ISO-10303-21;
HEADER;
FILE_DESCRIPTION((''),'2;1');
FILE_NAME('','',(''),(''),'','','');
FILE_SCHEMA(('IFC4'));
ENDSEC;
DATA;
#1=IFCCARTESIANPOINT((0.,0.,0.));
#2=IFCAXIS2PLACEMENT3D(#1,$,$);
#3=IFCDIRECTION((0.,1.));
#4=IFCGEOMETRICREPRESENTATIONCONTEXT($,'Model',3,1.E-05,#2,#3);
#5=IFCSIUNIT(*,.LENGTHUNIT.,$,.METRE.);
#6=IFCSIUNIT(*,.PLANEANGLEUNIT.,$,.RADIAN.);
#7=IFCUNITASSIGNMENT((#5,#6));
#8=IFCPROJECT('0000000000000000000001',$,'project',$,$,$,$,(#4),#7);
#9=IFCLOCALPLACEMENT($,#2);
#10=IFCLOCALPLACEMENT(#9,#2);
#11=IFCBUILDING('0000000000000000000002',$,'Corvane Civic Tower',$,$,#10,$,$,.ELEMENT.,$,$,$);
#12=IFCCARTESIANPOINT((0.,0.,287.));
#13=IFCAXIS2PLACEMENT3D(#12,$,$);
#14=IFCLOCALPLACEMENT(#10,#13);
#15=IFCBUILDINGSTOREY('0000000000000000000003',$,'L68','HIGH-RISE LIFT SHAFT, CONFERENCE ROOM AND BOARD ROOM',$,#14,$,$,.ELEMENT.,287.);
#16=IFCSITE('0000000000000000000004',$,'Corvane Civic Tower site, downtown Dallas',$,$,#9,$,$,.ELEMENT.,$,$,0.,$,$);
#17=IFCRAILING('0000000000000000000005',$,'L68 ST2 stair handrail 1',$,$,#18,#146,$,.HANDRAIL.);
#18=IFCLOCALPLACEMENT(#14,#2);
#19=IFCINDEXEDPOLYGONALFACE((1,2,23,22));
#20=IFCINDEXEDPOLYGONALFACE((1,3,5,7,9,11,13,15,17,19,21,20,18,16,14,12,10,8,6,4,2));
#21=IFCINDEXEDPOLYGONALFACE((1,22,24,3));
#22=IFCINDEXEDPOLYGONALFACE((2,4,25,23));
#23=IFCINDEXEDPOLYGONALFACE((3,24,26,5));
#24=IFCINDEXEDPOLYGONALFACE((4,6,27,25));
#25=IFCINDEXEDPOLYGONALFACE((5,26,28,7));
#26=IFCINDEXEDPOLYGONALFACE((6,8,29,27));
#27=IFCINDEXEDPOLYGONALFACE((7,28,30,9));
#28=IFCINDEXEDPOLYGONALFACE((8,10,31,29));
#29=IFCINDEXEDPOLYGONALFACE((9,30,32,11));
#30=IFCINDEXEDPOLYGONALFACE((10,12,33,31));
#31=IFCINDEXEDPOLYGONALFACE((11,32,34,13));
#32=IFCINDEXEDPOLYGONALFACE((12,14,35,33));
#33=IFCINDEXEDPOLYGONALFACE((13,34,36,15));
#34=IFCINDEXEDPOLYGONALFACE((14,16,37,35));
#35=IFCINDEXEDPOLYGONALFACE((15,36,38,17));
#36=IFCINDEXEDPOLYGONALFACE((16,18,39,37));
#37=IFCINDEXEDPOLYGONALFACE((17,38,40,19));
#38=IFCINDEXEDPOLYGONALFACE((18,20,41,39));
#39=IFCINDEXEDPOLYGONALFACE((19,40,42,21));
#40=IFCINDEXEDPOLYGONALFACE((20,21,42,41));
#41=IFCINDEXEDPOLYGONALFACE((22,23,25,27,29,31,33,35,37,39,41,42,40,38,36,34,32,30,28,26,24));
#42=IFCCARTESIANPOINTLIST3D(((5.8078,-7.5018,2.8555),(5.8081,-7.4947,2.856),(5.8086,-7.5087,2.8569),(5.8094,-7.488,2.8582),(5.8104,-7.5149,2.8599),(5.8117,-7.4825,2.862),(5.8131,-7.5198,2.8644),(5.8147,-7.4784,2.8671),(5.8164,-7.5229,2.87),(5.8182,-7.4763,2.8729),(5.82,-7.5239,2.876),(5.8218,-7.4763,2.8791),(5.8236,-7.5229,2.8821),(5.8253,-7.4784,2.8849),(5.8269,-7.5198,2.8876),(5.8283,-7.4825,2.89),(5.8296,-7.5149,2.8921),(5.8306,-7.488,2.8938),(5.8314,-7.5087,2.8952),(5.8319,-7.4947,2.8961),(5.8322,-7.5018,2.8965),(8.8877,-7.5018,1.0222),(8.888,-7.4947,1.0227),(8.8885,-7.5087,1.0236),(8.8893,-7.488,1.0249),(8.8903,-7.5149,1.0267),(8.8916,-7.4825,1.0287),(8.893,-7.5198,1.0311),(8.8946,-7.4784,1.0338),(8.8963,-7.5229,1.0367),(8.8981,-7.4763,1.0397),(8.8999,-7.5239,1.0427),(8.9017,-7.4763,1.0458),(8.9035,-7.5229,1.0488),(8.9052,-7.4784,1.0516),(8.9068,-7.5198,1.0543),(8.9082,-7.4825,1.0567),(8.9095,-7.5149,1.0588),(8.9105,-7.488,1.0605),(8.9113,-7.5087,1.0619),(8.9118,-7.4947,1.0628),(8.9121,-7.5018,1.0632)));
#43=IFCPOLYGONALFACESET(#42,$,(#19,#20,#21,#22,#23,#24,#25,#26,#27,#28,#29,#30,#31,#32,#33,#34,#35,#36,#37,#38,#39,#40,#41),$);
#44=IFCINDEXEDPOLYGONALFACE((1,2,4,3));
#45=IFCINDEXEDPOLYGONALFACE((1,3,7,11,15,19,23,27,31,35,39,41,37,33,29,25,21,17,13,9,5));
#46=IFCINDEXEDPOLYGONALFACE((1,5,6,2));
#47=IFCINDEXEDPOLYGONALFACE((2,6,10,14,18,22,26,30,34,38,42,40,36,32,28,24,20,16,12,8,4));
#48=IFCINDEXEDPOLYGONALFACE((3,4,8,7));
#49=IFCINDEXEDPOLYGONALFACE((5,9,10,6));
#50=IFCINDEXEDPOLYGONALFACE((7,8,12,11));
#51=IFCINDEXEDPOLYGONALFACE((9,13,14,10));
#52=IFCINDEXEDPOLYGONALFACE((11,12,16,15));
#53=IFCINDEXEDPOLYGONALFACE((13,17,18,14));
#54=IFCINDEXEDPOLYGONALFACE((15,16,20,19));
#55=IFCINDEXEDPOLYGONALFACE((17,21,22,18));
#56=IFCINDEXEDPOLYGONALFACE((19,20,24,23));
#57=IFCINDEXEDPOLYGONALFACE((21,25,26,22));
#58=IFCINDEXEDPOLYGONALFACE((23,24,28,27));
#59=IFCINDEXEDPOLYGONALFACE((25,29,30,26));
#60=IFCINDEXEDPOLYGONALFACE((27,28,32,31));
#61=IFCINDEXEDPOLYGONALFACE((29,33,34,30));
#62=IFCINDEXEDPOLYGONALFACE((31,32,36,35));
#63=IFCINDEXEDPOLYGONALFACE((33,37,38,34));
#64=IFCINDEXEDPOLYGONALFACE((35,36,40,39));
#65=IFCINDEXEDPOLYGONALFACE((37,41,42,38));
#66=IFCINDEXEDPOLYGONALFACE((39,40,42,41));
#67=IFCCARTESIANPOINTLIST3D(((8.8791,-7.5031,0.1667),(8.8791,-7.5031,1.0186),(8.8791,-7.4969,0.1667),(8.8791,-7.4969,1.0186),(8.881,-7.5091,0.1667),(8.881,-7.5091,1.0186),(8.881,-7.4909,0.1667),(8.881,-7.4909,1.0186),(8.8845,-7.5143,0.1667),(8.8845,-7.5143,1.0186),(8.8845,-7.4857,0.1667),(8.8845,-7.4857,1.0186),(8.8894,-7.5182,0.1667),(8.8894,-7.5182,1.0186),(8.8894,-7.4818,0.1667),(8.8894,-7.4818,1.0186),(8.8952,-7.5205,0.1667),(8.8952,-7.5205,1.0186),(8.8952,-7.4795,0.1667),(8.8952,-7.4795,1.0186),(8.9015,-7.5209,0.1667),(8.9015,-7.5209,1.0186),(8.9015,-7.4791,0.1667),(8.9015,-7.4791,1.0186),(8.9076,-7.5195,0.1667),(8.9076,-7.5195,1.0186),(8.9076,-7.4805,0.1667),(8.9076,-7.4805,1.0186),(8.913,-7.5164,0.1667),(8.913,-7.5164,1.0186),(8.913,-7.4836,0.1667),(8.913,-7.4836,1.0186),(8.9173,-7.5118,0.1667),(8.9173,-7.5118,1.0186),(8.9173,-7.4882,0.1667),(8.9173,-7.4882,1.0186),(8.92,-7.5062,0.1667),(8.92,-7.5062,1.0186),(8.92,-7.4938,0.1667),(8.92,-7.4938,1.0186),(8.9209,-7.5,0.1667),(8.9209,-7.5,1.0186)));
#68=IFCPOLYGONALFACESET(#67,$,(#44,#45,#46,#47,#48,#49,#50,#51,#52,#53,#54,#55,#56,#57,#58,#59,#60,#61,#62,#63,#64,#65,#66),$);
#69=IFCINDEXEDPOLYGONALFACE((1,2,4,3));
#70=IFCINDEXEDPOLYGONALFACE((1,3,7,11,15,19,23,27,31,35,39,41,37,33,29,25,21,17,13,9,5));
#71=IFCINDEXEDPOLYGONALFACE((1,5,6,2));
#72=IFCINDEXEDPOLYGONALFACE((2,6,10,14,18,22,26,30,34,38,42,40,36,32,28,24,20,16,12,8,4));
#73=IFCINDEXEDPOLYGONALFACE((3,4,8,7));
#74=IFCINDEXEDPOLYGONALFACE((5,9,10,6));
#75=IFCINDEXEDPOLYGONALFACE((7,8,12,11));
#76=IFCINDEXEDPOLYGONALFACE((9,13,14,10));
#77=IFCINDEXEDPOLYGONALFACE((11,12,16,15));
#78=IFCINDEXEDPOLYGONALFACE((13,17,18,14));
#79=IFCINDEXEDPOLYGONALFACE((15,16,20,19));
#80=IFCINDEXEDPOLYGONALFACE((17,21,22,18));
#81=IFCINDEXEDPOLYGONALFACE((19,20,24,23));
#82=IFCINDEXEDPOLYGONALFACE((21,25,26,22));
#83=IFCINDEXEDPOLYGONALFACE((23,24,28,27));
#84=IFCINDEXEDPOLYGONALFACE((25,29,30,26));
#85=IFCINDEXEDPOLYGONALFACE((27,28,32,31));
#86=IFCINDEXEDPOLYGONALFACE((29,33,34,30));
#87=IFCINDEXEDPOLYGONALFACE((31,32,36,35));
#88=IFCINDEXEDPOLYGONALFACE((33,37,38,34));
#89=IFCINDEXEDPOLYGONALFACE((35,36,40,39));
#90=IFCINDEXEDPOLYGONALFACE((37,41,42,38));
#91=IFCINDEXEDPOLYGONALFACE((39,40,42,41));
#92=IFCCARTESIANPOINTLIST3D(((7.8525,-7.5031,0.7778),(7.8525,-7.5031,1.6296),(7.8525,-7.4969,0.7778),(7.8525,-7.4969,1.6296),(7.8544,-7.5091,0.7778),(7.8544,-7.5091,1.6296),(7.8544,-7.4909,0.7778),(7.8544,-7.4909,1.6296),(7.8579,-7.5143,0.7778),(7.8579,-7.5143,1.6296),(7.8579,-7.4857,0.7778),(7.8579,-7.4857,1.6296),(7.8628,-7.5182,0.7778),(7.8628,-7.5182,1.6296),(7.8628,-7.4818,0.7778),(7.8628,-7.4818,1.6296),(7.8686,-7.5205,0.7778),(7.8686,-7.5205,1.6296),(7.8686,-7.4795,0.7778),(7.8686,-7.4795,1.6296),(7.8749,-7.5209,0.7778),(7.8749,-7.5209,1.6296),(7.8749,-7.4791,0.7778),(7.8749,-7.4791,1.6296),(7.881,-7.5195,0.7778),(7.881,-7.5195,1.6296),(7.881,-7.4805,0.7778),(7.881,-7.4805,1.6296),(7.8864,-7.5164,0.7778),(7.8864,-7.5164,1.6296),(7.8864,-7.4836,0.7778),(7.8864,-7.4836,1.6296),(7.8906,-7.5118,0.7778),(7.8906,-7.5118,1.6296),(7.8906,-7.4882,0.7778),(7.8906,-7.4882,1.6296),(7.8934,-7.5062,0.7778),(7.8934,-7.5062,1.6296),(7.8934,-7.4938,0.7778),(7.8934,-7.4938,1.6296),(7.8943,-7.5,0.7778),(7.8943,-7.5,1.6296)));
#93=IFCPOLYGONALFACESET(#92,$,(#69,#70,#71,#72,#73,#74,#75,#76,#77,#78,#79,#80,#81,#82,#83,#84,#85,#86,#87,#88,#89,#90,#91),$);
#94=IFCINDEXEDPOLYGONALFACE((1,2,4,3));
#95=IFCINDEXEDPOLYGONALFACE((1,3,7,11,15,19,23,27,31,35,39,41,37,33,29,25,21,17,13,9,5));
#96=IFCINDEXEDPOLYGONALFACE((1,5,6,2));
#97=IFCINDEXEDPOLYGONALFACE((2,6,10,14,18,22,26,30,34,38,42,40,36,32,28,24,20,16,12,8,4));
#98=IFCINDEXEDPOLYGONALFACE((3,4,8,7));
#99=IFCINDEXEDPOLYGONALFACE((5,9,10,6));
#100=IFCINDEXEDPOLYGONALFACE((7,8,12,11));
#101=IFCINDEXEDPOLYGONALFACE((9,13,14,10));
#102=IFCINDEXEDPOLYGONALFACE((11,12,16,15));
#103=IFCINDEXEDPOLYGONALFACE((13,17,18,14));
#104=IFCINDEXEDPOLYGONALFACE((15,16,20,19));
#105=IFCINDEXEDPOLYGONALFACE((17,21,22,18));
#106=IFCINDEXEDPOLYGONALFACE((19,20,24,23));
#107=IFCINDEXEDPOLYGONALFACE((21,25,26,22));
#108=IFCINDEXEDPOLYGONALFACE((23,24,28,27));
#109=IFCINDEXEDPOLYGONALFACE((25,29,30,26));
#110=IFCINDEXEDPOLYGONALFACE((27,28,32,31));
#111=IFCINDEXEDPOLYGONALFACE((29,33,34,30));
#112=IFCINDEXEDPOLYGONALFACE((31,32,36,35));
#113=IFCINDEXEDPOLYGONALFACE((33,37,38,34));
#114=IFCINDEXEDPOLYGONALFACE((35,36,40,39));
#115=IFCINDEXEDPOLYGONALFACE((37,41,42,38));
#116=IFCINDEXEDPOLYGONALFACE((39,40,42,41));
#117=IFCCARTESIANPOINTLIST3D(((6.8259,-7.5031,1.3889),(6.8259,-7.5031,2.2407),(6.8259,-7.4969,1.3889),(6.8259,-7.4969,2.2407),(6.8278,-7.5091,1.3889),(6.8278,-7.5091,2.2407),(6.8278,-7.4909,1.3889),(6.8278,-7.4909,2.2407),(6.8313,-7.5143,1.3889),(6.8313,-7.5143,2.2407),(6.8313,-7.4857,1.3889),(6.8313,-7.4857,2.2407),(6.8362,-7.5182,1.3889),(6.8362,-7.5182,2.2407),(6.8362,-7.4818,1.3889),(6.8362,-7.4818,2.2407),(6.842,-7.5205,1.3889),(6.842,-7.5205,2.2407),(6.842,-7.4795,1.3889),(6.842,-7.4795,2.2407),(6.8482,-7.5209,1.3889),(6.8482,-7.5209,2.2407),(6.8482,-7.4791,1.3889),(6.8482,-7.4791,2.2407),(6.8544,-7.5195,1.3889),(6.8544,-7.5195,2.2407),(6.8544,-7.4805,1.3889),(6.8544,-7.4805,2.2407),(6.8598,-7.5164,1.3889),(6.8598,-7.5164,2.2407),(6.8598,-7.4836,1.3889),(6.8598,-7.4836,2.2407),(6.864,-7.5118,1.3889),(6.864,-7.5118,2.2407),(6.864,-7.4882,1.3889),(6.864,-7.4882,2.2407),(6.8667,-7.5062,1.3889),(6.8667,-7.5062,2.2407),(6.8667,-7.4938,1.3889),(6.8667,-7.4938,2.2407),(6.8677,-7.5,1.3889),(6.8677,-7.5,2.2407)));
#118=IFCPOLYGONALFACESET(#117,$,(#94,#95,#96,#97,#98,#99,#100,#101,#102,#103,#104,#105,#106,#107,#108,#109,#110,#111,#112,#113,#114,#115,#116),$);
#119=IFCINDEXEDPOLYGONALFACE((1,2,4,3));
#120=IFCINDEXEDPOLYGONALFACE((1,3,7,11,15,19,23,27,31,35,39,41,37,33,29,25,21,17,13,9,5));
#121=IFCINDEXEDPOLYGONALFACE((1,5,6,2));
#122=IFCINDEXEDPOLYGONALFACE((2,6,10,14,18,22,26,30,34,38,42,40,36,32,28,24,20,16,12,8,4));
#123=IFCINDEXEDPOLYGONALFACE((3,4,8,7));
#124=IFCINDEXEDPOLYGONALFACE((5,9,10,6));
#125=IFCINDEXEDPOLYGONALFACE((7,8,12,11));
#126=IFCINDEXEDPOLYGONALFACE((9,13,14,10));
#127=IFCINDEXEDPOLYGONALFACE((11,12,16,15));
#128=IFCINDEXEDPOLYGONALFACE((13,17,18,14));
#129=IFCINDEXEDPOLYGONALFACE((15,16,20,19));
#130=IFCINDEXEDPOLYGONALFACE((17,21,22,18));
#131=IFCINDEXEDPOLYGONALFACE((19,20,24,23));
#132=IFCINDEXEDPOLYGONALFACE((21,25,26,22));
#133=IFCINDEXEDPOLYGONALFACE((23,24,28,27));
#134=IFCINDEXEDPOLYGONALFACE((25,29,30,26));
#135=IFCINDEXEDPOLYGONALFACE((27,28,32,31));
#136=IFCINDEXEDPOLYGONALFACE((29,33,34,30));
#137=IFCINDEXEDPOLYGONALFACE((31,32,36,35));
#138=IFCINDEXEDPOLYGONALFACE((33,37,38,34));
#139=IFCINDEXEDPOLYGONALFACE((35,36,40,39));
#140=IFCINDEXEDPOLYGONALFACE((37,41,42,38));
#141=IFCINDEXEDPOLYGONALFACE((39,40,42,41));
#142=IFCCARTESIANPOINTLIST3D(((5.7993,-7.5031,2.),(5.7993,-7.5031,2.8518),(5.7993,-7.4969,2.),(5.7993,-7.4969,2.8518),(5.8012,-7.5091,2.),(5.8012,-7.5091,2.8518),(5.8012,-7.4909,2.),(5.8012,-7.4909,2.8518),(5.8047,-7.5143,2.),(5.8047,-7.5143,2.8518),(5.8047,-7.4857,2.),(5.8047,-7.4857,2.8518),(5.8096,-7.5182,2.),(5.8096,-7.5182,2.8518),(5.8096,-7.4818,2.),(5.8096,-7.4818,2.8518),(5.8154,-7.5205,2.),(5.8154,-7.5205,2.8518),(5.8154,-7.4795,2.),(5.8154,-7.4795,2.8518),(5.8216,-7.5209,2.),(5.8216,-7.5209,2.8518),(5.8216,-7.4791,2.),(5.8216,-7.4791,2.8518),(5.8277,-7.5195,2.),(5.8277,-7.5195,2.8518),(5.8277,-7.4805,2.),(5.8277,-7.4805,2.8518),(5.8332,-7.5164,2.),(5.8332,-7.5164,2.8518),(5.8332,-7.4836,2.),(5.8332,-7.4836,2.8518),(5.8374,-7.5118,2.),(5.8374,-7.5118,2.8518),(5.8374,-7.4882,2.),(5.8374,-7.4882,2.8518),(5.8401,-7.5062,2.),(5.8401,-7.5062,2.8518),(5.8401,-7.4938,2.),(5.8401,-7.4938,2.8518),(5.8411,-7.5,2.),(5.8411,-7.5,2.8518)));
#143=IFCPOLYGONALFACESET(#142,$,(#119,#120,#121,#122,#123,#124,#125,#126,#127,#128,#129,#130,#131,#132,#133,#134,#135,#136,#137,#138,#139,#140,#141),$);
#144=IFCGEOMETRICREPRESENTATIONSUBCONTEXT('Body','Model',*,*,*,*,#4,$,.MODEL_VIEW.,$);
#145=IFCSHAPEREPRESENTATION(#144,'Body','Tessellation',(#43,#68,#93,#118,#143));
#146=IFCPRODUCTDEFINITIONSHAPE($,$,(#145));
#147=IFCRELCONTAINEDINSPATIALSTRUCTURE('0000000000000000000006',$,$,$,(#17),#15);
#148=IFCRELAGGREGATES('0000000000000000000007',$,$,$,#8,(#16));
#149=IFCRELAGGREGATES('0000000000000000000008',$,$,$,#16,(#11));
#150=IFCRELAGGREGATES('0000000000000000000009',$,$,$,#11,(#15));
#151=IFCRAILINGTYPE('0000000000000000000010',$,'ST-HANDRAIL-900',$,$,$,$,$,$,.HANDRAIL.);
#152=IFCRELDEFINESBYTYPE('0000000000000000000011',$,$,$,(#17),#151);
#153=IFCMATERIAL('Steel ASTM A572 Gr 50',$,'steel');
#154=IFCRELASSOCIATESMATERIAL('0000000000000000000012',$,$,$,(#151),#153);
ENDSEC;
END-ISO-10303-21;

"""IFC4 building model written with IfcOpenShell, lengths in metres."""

from ifc_helpers import new_model, si_unit, direction, frame, origin, origin_2d, place, context, subcontext, project, spatial, circle, extrude, material, type_object, element, save


model = new_model("IFC4")

# Units and contexts
model_context = context("Model", 3, precision=1e-05, world=origin(), true_north=direction((0.0, 1.0)))
body_context = subcontext(model_context, "Body", "Model", "MODEL_VIEW")
ifc_project = project(units=[si_unit("LENGTHUNIT", "METRE"), si_unit("PLANEANGLEUNIT", "RADIAN")], contexts=[model_context])

# Site, building, storey
site_placement = place(None, origin())
site = spatial("IfcSite", under=ifc_project, at=site_placement, Name="Corvane Civic Tower site, downtown Dallas", CompositionType="ELEMENT", RefElevation=0.0)
building_placement = place(site_placement, origin())
building = spatial("IfcBuilding", under=site, at=building_placement, Name="Corvane Civic Tower", CompositionType="ELEMENT")
storey_placement = place(building_placement, frame((0.0, 0.0, 287.0)))
storey = spatial("IfcBuildingStorey", under=building, at=storey_placement, Name="L68", Description="HIGH-RISE LIFT SHAFT, CONFERENCE ROOM AND BOARD ROOM", CompositionType="ELEMENT", Elevation=287.0)

# Railing
ifc_material_1 = material(Name="Steel ASTM A572 Gr 50", Category="steel")
railing_type_1 = type_object("IfcRailingType", Name="ST-HANDRAIL-900", PredefinedType="HANDRAIL", material=ifc_material_1)
railing_1_placement = place(storey_placement, frame((8.8999, -7.5, 0.1667)))
element("IfcRailing", 1, at=railing_1_placement, inside=storey, type_object=railing_type_1, Name="L68 ST2 stair handrail 1", PredefinedType="HANDRAIL", context=body_context, shape_type="SweptSolid", body=[
    extrude(circle(Radius=0.0239, at=origin_2d()), frame((0.0, 0.0, 0.876), z_axis=(-0.859291, 0.0, 0.511487), x_axis=(0.0, -1.0, 0.0)), (0.0, 0.0, 1.0), 3.5842),
    extrude(circle(Radius=0.021, at=origin_2d()), origin(), (0.0, 0.0, 1.0), 0.8518),
    extrude(circle(Radius=0.021, at=origin_2d()), frame((-1.0266, 0.0, 0.6111)), (0.0, 0.0, 1.0), 0.8518),
    extrude(circle(Radius=0.021, at=origin_2d()), frame((-2.0532, 0.0, 1.2222)), (0.0, 0.0, 1.0), 0.8518),
    extrude(circle(Radius=0.021, at=origin_2d()), frame((-3.0798, 0.0, 1.8333)), (0.0, 0.0, 1.0), 0.8518),
])

save(model, "model.ifc")
